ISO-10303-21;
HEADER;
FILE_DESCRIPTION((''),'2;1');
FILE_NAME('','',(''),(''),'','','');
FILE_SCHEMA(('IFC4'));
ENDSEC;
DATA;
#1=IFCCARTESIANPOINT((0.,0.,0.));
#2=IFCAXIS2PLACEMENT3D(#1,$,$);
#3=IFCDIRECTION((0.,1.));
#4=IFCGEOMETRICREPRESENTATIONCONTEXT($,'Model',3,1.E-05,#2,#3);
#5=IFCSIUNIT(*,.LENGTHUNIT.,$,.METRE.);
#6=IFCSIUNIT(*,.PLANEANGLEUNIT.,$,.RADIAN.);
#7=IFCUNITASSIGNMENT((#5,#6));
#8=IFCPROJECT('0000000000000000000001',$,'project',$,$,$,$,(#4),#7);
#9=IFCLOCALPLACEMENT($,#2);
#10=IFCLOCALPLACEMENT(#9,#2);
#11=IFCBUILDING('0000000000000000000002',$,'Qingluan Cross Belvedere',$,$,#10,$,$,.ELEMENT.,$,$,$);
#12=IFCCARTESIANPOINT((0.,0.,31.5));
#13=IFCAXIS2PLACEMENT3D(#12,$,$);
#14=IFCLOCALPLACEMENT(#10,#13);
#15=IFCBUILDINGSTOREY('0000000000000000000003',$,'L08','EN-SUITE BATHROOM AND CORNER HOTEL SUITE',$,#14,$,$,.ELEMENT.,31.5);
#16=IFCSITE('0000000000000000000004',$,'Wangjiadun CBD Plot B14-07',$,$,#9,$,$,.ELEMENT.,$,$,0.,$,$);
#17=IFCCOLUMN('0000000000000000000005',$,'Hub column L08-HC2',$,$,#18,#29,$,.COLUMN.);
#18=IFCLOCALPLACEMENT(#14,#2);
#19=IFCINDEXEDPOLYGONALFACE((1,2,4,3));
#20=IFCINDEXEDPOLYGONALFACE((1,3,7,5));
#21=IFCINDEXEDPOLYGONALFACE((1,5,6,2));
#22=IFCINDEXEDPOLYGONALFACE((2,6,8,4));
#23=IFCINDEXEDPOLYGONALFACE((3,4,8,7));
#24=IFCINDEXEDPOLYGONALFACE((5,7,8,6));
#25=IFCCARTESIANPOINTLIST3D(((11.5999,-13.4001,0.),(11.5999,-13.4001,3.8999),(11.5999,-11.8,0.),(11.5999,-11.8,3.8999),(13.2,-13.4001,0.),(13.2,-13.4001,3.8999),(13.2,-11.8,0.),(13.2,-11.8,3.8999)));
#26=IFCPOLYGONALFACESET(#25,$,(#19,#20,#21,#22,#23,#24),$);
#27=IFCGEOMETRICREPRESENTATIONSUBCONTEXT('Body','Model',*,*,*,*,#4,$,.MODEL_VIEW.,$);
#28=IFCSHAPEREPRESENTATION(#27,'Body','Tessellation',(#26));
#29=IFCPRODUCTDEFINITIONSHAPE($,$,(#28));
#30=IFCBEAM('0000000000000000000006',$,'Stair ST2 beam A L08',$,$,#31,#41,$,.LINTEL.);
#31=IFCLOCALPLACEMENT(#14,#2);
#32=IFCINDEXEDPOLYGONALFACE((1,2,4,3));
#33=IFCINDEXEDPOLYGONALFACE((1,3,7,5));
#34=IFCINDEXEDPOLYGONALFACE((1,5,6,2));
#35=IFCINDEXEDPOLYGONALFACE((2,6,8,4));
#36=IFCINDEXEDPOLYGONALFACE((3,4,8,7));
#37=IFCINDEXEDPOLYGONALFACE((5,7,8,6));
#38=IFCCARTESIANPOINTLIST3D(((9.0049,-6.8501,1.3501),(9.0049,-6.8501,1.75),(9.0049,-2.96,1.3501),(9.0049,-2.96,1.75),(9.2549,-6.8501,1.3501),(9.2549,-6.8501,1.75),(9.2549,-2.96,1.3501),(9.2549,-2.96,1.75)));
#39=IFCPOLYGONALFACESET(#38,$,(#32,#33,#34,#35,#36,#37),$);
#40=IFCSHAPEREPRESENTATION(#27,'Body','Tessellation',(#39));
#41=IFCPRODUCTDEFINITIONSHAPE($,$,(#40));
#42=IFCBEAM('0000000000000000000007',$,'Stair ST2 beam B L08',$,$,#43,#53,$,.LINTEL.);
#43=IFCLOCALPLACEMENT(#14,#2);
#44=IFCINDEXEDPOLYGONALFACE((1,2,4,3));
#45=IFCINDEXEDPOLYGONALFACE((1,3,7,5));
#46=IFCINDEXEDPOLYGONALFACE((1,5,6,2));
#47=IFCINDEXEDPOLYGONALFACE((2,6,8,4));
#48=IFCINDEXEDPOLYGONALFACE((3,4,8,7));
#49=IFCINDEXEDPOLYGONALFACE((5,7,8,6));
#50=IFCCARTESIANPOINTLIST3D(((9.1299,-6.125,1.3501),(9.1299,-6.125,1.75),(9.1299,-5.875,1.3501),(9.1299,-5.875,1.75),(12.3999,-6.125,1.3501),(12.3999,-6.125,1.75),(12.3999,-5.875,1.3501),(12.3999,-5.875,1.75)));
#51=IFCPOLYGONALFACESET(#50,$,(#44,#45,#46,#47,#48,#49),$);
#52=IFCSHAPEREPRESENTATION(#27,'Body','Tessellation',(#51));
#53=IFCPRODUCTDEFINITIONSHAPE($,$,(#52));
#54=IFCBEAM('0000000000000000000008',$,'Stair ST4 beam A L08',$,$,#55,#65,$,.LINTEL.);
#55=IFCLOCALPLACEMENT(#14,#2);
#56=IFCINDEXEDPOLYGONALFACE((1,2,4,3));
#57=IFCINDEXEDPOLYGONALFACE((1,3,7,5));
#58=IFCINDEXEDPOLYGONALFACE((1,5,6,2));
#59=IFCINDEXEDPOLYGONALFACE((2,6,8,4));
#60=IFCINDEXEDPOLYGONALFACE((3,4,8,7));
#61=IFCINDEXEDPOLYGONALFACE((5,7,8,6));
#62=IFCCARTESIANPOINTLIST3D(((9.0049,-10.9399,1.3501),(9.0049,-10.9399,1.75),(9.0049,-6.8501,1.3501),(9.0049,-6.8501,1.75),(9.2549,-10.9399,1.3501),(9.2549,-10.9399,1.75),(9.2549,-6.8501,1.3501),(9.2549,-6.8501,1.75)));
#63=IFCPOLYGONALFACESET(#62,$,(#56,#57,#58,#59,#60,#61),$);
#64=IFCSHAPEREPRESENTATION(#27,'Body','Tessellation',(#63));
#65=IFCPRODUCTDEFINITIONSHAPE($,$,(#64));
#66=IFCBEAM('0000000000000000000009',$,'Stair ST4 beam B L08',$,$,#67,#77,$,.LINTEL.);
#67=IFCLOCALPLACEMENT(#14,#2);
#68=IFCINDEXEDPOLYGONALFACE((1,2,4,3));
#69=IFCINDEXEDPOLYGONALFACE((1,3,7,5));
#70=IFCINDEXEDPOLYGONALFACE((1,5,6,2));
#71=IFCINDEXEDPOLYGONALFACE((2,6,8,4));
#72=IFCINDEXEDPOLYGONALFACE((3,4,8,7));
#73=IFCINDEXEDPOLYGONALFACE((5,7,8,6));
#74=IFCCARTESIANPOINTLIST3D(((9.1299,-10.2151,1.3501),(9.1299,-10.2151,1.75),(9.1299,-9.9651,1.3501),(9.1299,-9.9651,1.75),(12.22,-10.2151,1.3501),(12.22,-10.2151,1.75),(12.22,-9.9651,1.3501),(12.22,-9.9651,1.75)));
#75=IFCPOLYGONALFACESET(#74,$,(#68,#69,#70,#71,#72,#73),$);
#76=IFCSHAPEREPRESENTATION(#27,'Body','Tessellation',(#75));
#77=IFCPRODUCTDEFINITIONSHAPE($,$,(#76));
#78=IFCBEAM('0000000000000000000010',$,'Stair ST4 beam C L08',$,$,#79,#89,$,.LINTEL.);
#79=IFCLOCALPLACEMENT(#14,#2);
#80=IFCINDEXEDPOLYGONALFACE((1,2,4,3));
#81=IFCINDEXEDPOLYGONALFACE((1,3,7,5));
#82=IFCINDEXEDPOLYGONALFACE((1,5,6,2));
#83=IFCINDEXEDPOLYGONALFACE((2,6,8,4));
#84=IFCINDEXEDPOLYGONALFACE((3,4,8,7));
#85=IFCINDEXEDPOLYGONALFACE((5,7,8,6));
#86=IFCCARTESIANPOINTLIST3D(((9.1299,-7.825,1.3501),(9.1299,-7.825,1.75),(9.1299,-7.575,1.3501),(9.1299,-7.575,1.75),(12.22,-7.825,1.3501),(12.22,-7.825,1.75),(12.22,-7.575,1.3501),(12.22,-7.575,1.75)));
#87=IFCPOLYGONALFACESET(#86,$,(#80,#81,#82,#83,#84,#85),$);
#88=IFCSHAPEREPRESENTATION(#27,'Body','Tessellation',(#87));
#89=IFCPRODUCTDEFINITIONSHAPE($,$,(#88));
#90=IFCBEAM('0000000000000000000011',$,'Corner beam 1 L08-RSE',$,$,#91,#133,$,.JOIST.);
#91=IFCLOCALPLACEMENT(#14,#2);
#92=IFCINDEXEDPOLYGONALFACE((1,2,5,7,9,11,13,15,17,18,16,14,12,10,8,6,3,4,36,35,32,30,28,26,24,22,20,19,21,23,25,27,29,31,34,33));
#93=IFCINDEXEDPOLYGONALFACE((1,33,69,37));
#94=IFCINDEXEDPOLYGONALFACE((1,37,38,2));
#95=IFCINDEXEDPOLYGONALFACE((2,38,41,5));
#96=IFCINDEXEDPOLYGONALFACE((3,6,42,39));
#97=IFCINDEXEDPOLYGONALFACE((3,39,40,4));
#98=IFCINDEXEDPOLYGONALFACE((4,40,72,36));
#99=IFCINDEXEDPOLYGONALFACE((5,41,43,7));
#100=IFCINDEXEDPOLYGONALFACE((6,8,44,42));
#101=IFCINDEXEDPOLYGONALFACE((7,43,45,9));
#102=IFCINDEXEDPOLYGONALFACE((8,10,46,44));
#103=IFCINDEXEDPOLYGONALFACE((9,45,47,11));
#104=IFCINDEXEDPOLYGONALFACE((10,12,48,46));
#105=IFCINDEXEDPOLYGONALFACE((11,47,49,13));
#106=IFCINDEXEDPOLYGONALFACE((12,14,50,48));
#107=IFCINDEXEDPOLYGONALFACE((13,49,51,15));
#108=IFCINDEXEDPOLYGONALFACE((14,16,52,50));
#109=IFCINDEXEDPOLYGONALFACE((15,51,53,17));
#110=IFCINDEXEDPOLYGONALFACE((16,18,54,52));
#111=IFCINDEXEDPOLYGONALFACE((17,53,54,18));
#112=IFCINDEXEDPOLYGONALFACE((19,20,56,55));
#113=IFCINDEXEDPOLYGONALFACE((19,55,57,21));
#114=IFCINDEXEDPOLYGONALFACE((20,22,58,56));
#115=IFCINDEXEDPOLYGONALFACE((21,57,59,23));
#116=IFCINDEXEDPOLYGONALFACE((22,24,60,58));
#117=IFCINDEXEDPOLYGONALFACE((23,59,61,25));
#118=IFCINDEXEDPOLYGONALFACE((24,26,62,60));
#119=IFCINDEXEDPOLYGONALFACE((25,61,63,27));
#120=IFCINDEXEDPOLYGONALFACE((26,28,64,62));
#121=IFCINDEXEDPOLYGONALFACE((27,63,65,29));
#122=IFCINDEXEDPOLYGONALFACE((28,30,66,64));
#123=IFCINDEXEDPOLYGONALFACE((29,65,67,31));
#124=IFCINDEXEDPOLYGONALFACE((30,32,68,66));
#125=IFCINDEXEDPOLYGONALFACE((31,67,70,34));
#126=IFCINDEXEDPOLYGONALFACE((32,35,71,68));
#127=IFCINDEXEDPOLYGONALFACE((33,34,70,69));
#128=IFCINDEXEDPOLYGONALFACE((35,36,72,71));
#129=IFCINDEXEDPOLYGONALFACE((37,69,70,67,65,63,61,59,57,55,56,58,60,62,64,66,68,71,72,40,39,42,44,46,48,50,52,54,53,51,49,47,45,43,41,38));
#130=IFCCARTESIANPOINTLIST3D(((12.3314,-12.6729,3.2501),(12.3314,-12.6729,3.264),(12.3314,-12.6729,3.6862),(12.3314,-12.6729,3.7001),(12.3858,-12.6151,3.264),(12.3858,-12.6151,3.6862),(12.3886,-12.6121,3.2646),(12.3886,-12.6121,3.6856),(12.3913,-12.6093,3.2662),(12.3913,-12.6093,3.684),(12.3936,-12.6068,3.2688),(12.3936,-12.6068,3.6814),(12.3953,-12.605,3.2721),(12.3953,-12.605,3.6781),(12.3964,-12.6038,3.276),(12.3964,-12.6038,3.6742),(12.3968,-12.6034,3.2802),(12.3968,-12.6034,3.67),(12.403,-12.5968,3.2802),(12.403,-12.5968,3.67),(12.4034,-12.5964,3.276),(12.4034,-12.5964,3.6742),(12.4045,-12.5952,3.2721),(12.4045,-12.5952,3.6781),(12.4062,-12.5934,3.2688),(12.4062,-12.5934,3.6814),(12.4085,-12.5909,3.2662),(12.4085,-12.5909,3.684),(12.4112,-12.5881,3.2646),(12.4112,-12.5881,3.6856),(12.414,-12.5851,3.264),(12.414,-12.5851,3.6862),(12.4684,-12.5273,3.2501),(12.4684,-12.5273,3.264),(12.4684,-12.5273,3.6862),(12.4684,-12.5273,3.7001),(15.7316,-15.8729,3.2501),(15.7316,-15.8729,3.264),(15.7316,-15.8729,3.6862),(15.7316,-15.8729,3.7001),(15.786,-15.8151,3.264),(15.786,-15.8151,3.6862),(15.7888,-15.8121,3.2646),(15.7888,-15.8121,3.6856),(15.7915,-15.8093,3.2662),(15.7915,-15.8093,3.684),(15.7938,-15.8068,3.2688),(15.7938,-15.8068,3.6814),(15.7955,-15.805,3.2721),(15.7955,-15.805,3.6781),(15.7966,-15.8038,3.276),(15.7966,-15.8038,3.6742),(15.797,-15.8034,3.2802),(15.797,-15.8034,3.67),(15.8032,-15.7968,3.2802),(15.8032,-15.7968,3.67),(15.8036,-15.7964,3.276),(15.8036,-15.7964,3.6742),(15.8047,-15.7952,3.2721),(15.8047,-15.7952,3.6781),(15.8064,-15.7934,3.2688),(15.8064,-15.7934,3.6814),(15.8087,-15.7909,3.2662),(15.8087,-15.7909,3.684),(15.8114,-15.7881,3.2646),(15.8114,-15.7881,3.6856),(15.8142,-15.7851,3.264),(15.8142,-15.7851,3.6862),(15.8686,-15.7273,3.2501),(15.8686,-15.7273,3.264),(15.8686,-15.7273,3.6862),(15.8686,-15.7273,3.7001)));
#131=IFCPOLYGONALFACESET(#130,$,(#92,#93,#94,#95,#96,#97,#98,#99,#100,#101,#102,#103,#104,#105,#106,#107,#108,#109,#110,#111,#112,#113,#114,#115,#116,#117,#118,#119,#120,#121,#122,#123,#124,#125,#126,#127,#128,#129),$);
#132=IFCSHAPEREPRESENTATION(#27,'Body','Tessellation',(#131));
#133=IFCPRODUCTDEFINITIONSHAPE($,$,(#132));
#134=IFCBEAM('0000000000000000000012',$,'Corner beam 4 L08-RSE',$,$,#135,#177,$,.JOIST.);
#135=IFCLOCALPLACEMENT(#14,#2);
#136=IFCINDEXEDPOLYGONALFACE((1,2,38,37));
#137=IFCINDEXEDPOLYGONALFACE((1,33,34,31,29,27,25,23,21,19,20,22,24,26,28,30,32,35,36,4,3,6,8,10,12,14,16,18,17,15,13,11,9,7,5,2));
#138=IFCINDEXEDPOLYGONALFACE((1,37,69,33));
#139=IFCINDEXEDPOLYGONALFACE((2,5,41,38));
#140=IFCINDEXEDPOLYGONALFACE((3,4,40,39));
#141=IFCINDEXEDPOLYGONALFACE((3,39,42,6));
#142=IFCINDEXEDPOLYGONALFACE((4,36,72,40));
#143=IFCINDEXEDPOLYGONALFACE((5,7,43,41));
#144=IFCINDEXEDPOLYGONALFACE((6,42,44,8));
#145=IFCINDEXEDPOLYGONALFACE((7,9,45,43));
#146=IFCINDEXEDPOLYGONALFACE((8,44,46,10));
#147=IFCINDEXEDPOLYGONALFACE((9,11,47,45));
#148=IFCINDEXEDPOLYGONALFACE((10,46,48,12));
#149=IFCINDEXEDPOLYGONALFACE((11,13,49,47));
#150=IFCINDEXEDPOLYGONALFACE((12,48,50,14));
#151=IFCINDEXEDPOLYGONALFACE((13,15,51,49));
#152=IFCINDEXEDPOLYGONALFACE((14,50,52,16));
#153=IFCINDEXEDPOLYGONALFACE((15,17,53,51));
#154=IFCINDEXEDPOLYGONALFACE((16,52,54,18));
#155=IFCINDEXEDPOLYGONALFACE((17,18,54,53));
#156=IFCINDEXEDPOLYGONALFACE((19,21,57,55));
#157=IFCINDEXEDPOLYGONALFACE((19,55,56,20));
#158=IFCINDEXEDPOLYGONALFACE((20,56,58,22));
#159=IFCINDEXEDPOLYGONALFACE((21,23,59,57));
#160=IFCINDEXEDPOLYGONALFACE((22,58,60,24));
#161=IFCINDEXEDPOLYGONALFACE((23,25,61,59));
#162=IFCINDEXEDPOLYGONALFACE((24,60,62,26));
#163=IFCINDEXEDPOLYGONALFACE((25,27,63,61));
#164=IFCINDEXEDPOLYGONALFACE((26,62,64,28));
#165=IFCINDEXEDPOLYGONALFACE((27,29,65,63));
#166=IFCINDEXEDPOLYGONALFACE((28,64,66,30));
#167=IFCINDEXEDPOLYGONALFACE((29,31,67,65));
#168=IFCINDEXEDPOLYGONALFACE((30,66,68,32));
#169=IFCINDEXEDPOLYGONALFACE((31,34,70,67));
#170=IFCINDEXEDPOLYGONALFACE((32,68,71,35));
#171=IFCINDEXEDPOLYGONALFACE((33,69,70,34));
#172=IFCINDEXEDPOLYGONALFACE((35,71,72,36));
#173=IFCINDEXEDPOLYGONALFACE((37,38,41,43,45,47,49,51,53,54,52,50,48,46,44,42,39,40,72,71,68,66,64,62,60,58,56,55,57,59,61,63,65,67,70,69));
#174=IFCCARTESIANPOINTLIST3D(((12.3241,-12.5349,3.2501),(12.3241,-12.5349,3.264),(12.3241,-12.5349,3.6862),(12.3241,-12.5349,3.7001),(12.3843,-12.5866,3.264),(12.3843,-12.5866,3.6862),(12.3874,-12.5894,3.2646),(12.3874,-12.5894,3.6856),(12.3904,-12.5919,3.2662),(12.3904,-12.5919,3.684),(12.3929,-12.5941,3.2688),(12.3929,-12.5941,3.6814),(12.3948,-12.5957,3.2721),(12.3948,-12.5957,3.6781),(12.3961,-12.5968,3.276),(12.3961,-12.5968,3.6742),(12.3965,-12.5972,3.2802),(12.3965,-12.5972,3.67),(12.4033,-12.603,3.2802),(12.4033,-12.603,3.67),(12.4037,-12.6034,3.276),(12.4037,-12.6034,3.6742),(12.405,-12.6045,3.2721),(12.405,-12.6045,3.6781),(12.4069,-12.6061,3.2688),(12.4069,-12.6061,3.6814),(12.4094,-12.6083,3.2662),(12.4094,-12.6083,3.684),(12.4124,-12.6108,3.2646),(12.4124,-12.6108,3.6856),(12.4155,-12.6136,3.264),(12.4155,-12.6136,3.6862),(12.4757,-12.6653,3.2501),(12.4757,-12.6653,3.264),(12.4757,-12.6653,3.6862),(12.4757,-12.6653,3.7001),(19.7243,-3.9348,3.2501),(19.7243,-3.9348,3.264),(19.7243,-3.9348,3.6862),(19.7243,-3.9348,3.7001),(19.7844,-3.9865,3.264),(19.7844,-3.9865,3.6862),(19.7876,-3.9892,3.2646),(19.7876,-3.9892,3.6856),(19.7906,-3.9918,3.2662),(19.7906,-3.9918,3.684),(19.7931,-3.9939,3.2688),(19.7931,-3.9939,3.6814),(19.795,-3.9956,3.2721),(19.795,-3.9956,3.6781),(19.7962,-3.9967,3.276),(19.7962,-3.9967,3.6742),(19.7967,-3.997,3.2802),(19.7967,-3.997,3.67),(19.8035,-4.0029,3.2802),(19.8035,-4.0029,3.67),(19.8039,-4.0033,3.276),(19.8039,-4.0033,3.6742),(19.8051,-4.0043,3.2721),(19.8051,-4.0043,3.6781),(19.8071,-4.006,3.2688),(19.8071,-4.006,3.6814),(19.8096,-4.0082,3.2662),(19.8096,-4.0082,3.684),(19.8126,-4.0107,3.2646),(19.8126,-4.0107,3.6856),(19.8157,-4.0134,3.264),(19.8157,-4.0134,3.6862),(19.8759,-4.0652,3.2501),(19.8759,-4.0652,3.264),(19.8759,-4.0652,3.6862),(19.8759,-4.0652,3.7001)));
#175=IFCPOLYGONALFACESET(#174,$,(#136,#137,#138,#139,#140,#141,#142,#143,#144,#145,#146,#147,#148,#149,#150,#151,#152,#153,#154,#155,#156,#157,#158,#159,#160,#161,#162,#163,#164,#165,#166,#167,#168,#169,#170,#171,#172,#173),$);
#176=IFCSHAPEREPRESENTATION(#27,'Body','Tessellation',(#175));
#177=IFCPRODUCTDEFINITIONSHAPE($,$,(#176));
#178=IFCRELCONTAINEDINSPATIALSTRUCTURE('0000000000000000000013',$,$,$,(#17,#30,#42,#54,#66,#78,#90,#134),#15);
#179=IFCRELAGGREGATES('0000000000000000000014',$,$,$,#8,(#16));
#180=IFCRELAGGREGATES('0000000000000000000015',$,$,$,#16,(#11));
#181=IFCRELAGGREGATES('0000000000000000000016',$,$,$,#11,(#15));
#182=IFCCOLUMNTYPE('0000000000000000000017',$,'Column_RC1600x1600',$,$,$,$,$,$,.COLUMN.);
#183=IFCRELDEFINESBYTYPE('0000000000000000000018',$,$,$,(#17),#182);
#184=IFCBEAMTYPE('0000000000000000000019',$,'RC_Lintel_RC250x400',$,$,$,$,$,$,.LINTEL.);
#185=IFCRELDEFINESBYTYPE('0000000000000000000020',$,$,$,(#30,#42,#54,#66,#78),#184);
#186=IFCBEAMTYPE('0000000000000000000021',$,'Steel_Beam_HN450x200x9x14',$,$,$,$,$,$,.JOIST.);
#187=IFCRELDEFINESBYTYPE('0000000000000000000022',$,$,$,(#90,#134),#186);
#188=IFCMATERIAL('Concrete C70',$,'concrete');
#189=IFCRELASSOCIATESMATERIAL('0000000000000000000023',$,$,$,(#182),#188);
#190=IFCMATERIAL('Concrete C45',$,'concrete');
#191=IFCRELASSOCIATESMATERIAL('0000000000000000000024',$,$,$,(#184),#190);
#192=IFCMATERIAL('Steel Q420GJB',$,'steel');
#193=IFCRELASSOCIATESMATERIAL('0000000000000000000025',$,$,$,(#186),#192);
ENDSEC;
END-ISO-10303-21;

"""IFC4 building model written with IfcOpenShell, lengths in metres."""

from ifc_helpers import new_model, si_unit, direction, frame, origin, origin_2d, place, context, subcontext, project, spatial, rectangle, i_section, extrude, material, material_profile, profile_set, type_object, element, save


model = new_model("IFC4")

# Units and contexts
model_context = context("Model", 3, precision=1e-05, world=origin(), true_north=direction((0.0, 1.0)))
body_context = subcontext(model_context, "Body", "Model", "MODEL_VIEW")
ifc_project = project(units=[si_unit("LENGTHUNIT", "METRE"), si_unit("PLANEANGLEUNIT", "RADIAN")], contexts=[model_context])

# Site, building, storey
site_placement = place(None, origin())
site = spatial("IfcSite", under=ifc_project, at=site_placement, Name="Wangjiadun CBD Plot B14-07", CompositionType="ELEMENT", RefElevation=0.0)
building_placement = place(site_placement, origin())
building = spatial("IfcBuilding", under=site, at=building_placement, Name="Qingluan Cross Belvedere", CompositionType="ELEMENT")
storey_placement = place(building_placement, frame((0.0, 0.0, 31.5)))
storey = spatial("IfcBuildingStorey", under=building, at=storey_placement, Name="L08", Description="EN-SUITE BATHROOM AND CORNER HOTEL SUITE", CompositionType="ELEMENT", Elevation=31.5)

# Column
ifc_material_1 = material(Name="Concrete C70", Category="concrete")
ifc_material_profile_1 = material_profile(ifc_material_1, rectangle(XDim=1.6001, YDim=1.6001, at=origin_2d()), Name="RC1600x1600")
ifc_profile_set_1 = profile_set([ifc_material_profile_1], Name="Concrete C70")
column_type = type_object("IfcColumnType", Name="Column_RC1600x1600", PredefinedType="COLUMN", material=ifc_profile_set_1)
column_placement = place(storey_placement, frame((12.3999, -12.6001, 0.0), z_axis=(0.0, 0.0, 1.0), x_axis=(1.0, 0.0, 0.0)))
element("IfcColumn", 1, at=column_placement, inside=storey, type_object=column_type, Name="Hub column L08-HC2", PredefinedType="COLUMN", context=body_context, shape_type="SweptSolid", body=[
    extrude(rectangle(XDim=1.6001, YDim=1.6001, at=origin_2d()), origin(), (0.0, 0.0, 1.0), 3.8999),
])

# Beams
ifc_material_2 = material(Name="Concrete C45", Category="concrete")
ifc_material_profile_2 = material_profile(ifc_material_2, rectangle(XDim=0.25, YDim=0.3999, at=origin_2d()), Name="RC250x400")
ifc_profile_set_2 = profile_set([ifc_material_profile_2], Name="Concrete C45")
beam_type_1 = type_object("IfcBeamType", Name="RC_Lintel_RC250x400", PredefinedType="LINTEL", material=ifc_profile_set_2)
beam_1_placement = place(storey_placement, frame((9.1299, -6.8501, 1.55), z_axis=(0.0, 1.0, 0.0), x_axis=(-1.0, 0.0, 0.0)))
element("IfcBeam", 2, at=beam_1_placement, inside=storey, type_object=beam_type_1, Name="Stair ST2 beam A L08", PredefinedType="LINTEL", context=body_context, shape_type="SweptSolid", body=[
    extrude(rectangle(XDim=0.25, YDim=0.3999, at=origin_2d()), origin(), (0.0, 0.0, 1.0), 3.8901),
])
beam_2_placement = place(storey_placement, frame((12.3999, -6.0, 1.55), z_axis=(-1.0, 0.0, 0.0), x_axis=(0.0, -1.0, 0.0)))
element("IfcBeam", 3, at=beam_2_placement, inside=storey, type_object=beam_type_1, Name="Stair ST2 beam B L08", PredefinedType="LINTEL", context=body_context, shape_type="SweptSolid", body=[
    extrude(rectangle(XDim=0.25, YDim=0.3999, at=origin_2d()), origin(), (0.0, 0.0, 1.0), 3.27),
])
beam_3_placement = place(storey_placement, frame((9.1299, -10.9399, 1.55), z_axis=(0.0, 1.0, 0.0), x_axis=(-1.0, 0.0, 0.0)))
element("IfcBeam", 4, at=beam_3_placement, inside=storey, type_object=beam_type_1, Name="Stair ST4 beam A L08", PredefinedType="LINTEL", context=body_context, shape_type="SweptSolid", body=[
    extrude(rectangle(XDim=0.25, YDim=0.3999, at=origin_2d()), origin(), (0.0, 0.0, 1.0), 4.0898),
])
for number, where, z_axis, x_axis, name in (
    (5, (12.22, -10.0901, 1.55), (-1.0, 0.0, 0.0), (0.0, -1.0, 0.0), "Stair ST4 beam B L08"),
    (6, (12.22, -7.7, 1.55), (-1.0, 0.0, 0.0), (0.0, -1.0, 0.0), "Stair ST4 beam C L08"),
):
    element("IfcBeam", number, at=place(storey_placement, frame(where, z_axis=z_axis, x_axis=x_axis)), inside=storey, type_object=beam_type_1, Name=name, PredefinedType="LINTEL", context=body_context, shape_type="SweptSolid", body=[
        extrude(rectangle(XDim=0.25, YDim=0.3999, at=origin_2d()), origin(), (0.0, 0.0, 1.0), 3.0901),
    ])
ifc_material_3 = material(Name="Steel Q420GJB", Category="steel")
ifc_material_profile_3 = material_profile(ifc_material_3, i_section(OverallWidth=0.2, OverallDepth=0.45, WebThickness=0.009, FlangeThickness=0.0139, FilletRadius=0.0161, at=origin_2d()), Name="HN450x200x9x14")
ifc_profile_set_3 = profile_set([ifc_material_profile_3], Name="Steel Q420GJB")
beam_type_2 = type_object("IfcBeamType", Name="Steel_Beam_HN450x200x9x14", PredefinedType="JOIST", material=ifc_profile_set_3)
beam_4_placement = place(storey_placement, frame((12.3999, -12.6001, 3.4751), z_axis=(0.72822, -0.685343, 0.0), x_axis=(0.685343, 0.72822, 0.0)))
element("IfcBeam", 7, at=beam_4_placement, inside=storey, type_object=beam_type_2, Name="Corner beam 1 L08-RSE", PredefinedType="JOIST", context=body_context, shape_type="SweptSolid", body=[
    extrude(i_section(OverallWidth=0.2, OverallDepth=0.45, WebThickness=0.009, FlangeThickness=0.0139, FilletRadius=0.0161, at=origin_2d()), origin(), (0.0, 0.0, 1.0), 4.6692),
])
beam_5_placement = place(storey_placement, frame((12.3999, -12.6001, 3.4751), z_axis=(0.652245, 0.758008, 0.0), x_axis=(-0.758008, 0.652245, 0.0)))
element("IfcBeam", 8, at=beam_5_placement, inside=storey, type_object=beam_type_2, Name="Corner beam 4 L08-RSE", PredefinedType="JOIST", context=body_context, shape_type="SweptSolid", body=[
    extrude(i_section(OverallWidth=0.2, OverallDepth=0.45, WebThickness=0.009, FlangeThickness=0.0139, FilletRadius=0.0161, at=origin_2d()), origin(), (0.0, 0.0, 1.0), 11.3457),
])

save(model, "model.ifc")
